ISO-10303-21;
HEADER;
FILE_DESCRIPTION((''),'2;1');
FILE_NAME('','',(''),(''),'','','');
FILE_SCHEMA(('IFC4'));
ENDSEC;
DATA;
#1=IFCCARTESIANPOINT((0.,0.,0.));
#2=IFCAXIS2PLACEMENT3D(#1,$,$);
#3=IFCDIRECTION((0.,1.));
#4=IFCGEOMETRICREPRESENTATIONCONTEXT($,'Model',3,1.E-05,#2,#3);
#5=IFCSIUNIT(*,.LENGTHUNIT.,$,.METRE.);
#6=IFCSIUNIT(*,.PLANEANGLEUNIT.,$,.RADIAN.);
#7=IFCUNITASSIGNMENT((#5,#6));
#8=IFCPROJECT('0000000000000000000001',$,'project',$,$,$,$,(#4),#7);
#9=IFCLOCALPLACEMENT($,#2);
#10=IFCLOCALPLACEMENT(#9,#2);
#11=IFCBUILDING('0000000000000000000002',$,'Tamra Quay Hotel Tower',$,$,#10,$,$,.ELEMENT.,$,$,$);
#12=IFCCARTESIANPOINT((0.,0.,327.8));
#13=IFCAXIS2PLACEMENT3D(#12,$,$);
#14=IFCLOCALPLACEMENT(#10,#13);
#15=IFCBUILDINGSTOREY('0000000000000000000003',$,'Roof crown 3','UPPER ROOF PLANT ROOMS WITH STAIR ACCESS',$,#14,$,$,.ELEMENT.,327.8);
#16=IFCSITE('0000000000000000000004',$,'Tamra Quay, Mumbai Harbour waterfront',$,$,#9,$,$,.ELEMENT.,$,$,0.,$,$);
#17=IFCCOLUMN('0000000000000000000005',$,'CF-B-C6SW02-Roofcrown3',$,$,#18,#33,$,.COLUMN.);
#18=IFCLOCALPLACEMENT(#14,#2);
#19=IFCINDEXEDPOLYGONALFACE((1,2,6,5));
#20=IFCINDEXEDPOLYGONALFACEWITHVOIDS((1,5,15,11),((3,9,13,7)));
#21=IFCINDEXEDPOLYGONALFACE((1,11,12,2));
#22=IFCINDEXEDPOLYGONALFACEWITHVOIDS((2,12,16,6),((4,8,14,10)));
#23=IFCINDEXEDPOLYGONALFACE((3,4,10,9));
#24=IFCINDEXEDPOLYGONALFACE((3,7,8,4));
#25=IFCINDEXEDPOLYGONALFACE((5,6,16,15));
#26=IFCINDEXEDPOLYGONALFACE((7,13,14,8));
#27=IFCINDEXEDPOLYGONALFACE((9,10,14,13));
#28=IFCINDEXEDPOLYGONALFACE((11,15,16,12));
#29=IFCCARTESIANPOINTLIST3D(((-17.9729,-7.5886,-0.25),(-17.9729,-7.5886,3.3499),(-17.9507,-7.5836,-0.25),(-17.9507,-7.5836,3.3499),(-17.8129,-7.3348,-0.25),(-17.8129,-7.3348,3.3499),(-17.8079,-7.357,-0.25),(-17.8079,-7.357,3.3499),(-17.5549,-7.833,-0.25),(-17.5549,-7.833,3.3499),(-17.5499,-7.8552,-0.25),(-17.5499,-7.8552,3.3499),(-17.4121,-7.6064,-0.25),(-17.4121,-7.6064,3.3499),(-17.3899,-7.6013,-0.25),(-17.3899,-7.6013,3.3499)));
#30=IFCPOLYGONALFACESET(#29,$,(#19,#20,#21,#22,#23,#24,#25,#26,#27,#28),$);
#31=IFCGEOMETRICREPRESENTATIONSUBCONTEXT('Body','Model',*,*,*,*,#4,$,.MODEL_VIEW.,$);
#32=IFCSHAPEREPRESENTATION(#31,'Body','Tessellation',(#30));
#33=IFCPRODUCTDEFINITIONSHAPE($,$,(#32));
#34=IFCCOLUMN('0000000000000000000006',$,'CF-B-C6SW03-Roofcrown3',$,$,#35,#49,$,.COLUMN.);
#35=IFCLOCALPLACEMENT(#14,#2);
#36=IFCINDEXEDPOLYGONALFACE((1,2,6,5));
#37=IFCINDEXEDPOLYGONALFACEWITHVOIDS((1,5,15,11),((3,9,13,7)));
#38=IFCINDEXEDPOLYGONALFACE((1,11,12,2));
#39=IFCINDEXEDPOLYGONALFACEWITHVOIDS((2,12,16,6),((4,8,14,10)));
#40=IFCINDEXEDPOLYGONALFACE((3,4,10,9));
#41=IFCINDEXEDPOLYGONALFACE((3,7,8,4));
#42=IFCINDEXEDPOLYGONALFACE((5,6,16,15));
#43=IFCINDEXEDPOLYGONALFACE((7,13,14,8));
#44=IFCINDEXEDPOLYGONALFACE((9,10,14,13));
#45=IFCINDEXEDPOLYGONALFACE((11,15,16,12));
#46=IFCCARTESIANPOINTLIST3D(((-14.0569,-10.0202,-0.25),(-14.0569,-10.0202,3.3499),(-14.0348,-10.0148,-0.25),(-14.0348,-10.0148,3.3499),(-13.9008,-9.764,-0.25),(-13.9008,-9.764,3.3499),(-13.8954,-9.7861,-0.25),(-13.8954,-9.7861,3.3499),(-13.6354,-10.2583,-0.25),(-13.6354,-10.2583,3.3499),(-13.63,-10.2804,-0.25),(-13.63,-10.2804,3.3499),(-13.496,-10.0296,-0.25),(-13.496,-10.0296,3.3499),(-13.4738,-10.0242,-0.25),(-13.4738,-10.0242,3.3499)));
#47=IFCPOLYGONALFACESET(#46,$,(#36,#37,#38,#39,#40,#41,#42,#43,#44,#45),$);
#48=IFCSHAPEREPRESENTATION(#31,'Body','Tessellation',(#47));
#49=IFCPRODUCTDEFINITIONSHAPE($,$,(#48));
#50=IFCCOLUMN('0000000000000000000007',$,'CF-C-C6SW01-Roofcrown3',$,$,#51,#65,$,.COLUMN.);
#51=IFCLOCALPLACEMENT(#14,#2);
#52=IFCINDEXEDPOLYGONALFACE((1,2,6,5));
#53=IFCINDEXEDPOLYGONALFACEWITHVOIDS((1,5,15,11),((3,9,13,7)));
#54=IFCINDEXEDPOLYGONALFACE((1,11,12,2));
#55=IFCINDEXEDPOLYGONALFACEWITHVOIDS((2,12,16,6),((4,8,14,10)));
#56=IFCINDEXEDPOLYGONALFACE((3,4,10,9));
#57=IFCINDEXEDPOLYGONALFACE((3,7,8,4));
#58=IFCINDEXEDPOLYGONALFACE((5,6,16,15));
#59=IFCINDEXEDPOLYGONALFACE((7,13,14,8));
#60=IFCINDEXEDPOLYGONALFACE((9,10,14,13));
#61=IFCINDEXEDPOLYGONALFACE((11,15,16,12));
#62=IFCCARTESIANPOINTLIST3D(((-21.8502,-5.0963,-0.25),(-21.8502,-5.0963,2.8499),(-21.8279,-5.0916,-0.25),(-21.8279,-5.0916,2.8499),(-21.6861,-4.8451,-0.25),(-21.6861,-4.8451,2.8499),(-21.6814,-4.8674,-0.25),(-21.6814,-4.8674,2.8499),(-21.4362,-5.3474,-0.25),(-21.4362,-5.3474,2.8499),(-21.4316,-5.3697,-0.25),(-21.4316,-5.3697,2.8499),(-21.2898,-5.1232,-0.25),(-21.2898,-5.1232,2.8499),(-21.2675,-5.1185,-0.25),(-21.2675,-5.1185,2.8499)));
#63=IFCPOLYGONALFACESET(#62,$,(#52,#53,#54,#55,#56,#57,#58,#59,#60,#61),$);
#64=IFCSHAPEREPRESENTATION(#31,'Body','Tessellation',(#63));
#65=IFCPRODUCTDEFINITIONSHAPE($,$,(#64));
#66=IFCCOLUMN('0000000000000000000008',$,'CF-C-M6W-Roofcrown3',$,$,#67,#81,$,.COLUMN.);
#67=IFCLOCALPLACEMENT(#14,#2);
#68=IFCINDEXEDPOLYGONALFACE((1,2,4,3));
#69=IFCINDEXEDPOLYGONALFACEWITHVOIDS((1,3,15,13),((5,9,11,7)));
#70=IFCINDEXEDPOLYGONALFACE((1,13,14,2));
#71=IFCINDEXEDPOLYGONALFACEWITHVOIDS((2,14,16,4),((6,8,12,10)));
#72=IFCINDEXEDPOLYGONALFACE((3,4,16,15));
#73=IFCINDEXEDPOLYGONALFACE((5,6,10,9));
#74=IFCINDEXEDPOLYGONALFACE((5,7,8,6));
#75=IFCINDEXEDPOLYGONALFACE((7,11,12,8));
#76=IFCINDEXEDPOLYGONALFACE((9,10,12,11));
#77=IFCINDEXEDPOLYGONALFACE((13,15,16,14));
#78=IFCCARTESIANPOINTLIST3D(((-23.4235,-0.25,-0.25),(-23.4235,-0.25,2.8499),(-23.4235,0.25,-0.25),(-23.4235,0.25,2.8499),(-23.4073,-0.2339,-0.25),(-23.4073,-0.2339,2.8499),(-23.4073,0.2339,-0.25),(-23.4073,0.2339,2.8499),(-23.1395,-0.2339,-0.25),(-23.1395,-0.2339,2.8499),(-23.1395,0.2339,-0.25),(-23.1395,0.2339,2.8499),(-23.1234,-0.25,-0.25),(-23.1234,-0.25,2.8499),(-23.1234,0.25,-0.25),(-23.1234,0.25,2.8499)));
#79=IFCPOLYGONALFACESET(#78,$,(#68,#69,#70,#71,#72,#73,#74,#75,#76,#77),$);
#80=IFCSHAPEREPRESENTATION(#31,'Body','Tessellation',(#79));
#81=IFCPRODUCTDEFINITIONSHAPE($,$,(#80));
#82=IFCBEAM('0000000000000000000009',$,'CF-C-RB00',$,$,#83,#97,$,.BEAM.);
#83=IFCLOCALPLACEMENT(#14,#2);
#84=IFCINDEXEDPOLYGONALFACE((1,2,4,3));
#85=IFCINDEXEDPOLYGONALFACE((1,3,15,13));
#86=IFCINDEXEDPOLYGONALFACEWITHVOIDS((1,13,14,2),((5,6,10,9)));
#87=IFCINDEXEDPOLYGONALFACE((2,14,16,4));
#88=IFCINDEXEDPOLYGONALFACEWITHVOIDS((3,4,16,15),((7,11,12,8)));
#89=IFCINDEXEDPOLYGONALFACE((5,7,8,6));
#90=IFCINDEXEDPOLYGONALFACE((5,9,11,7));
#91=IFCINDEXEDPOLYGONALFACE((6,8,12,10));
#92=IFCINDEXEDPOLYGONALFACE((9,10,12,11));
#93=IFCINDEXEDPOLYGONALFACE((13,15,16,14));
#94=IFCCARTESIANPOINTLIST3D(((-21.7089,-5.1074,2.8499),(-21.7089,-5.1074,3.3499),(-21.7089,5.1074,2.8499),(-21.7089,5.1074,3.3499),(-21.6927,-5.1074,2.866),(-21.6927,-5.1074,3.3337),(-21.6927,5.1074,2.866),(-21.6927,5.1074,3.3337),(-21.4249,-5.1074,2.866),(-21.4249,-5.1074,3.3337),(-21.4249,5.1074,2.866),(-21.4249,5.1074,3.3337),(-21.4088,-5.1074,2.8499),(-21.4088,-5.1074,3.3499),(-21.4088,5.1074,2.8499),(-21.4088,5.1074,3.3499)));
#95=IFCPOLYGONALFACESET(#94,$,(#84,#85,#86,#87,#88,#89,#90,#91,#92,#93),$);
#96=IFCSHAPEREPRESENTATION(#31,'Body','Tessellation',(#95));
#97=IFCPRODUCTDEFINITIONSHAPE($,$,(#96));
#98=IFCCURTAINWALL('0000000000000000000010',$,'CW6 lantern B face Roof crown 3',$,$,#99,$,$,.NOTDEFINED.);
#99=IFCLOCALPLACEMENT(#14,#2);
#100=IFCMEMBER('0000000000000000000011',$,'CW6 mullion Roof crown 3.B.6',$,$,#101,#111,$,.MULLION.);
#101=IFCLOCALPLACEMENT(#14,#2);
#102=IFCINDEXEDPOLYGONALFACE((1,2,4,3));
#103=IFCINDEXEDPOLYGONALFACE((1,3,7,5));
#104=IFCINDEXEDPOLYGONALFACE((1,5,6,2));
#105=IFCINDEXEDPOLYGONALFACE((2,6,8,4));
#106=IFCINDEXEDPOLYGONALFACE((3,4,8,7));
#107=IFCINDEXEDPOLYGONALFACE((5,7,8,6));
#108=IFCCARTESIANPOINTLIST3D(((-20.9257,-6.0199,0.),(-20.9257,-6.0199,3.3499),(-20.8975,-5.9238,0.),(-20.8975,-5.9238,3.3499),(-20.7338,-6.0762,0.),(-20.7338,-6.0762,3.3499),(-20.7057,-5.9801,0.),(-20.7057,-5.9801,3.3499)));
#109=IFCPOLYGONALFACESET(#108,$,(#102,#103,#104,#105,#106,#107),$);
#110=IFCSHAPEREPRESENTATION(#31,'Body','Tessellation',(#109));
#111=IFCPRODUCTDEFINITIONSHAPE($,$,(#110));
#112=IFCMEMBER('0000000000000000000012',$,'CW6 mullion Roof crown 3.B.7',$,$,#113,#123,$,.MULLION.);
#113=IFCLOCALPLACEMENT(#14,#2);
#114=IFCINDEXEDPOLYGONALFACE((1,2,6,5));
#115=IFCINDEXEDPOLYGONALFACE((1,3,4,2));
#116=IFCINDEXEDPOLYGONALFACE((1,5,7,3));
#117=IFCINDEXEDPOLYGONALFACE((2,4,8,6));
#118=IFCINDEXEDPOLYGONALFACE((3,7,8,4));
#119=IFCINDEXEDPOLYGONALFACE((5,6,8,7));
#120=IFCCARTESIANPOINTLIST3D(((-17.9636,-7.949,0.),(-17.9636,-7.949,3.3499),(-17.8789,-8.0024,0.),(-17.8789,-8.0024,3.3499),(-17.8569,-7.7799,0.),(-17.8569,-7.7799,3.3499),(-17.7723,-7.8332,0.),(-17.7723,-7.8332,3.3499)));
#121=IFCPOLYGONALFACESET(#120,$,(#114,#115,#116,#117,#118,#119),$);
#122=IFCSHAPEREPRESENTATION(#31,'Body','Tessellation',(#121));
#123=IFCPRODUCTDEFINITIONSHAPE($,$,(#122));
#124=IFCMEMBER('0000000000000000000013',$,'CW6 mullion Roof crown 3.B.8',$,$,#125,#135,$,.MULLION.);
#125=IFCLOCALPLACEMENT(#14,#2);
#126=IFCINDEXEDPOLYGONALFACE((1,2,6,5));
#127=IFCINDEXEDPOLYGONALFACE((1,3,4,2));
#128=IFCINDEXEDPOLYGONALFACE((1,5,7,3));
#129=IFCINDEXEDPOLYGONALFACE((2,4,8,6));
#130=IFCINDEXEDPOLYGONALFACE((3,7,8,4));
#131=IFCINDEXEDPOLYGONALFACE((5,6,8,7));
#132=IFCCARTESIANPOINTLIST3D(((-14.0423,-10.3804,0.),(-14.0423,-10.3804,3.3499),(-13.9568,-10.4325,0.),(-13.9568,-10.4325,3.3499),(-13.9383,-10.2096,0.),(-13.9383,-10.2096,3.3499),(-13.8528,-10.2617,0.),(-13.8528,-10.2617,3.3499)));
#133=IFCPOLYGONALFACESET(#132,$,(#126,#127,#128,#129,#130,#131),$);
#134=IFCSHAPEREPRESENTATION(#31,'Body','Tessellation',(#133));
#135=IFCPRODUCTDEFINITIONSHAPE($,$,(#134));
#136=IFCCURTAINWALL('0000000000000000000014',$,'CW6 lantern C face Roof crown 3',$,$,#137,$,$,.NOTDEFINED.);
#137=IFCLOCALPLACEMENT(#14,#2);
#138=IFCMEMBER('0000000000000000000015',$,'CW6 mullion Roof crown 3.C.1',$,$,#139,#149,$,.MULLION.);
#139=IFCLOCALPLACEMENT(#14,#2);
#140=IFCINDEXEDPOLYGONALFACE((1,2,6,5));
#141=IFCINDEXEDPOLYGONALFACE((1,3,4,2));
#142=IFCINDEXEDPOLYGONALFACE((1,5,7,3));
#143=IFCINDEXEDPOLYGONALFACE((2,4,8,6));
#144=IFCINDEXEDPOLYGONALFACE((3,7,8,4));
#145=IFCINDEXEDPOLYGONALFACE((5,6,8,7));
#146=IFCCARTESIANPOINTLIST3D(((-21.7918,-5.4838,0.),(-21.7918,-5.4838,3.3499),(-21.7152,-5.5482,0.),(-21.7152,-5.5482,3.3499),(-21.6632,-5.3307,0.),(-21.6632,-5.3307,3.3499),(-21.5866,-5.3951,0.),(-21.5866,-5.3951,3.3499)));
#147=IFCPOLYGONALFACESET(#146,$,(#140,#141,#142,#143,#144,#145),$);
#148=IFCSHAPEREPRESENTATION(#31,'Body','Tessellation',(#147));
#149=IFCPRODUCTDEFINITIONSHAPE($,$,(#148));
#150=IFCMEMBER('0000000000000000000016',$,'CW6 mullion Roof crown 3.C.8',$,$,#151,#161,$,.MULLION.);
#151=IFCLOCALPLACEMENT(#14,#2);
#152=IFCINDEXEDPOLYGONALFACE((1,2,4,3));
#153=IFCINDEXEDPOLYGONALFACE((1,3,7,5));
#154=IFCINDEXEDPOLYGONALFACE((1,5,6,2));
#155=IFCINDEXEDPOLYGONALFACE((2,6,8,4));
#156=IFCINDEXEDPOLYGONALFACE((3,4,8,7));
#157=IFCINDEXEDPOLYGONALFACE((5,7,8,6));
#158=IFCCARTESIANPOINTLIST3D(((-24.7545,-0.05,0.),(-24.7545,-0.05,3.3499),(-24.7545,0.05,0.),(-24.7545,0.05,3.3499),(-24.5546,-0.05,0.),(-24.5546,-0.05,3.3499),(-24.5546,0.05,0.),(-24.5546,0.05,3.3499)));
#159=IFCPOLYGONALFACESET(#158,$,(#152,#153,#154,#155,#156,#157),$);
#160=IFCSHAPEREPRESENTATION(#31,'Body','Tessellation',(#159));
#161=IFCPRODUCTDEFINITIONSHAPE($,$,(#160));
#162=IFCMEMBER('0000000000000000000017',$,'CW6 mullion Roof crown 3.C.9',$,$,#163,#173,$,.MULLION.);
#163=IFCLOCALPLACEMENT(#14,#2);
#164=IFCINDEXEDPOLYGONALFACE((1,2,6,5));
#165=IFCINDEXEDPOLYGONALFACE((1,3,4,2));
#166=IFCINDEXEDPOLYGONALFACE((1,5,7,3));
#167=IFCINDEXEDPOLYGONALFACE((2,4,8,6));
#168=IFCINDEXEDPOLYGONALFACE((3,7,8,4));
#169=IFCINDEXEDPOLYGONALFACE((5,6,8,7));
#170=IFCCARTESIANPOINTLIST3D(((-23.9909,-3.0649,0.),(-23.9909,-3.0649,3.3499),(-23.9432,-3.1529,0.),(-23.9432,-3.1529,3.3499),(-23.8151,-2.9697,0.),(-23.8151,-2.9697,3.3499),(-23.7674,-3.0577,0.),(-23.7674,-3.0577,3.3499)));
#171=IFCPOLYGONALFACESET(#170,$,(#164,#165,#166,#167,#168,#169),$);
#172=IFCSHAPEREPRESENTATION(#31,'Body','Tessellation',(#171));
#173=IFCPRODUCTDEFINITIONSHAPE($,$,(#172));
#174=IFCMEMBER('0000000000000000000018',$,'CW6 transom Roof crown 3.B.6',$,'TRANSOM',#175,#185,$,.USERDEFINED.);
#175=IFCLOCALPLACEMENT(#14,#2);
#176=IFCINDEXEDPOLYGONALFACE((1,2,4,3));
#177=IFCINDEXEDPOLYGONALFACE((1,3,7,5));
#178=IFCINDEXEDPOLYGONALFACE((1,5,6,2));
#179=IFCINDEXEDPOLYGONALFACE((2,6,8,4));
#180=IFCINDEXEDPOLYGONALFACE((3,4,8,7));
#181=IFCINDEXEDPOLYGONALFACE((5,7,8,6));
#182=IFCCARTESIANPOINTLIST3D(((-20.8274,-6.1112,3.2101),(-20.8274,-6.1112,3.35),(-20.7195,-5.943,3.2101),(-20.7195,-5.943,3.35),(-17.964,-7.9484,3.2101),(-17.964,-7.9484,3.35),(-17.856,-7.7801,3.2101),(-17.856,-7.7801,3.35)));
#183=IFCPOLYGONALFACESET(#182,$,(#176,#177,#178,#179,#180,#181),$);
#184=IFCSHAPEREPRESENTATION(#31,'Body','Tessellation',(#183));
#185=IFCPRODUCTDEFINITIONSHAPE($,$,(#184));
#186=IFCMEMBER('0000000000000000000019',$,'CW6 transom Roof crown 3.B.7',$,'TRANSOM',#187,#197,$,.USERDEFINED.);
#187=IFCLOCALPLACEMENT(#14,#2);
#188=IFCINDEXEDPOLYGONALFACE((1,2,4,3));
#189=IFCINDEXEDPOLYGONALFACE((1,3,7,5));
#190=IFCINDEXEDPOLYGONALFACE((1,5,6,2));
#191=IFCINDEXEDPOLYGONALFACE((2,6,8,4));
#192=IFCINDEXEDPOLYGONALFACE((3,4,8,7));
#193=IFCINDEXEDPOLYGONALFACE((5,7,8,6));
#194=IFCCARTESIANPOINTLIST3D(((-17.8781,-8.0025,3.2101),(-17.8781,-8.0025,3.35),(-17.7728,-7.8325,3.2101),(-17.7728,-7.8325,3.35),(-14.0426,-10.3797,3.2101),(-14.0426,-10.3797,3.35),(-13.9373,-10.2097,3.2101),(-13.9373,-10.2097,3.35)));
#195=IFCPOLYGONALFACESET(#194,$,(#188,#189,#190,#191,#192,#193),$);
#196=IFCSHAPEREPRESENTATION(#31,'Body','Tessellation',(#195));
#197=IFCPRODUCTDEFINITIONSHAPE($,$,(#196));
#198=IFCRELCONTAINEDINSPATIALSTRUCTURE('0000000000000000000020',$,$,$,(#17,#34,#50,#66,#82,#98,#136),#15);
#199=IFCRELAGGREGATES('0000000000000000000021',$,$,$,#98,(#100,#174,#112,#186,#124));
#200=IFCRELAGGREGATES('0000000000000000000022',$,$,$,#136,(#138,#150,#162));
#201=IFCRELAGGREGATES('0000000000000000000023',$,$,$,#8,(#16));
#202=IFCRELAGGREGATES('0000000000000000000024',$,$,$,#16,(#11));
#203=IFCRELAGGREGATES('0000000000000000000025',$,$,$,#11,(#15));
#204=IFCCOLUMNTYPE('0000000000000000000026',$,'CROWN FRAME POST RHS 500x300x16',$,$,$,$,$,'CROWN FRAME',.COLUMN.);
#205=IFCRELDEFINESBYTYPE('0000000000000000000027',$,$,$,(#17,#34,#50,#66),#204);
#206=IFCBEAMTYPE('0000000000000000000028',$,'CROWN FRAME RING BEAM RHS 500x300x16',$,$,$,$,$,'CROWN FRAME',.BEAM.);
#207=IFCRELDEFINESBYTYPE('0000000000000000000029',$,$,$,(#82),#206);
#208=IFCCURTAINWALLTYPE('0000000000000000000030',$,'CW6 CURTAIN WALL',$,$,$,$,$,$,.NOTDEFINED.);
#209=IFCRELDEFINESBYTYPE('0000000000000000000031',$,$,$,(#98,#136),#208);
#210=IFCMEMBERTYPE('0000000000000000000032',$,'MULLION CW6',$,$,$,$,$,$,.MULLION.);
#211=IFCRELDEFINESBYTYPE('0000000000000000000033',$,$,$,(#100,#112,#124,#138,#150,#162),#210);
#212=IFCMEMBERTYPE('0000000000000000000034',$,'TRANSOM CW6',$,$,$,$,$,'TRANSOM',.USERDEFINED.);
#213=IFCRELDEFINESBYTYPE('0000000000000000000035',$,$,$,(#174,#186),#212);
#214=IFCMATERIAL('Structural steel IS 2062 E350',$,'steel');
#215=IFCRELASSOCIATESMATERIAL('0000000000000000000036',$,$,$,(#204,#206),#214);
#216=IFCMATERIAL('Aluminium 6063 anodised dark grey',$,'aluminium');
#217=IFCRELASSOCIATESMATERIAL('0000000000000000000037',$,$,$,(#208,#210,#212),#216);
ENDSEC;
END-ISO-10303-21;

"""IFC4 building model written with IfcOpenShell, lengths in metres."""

from ifc_helpers import new_model, si_unit, direction, frame, origin, origin_2d, place, context, subcontext, project, spatial, rectangle, hollow_rectangle, extrude, material, material_profile, profile_set, type_object, element, aggregate, save


model = new_model("IFC4")

# Units and contexts
model_context = context("Model", 3, precision=1e-05, world=origin(), true_north=direction((0.0, 1.0)))
body_context = subcontext(model_context, "Body", "Model", "MODEL_VIEW")
ifc_project = project(units=[si_unit("LENGTHUNIT", "METRE"), si_unit("PLANEANGLEUNIT", "RADIAN")], contexts=[model_context])

# Site, building, storey
site_placement = place(None, origin())
site = spatial("IfcSite", under=ifc_project, at=site_placement, Name="Tamra Quay, Mumbai Harbour waterfront", CompositionType="ELEMENT", RefElevation=0.0)
building_placement = place(site_placement, origin())
building = spatial("IfcBuilding", under=site, at=building_placement, Name="Tamra Quay Hotel Tower", CompositionType="ELEMENT")
storey_placement = place(building_placement, frame((0.0, 0.0, 327.8)))
storey = spatial("IfcBuildingStorey", under=building, at=storey_placement, Name="Roof crown 3", Description="UPPER ROOF PLANT ROOMS WITH STAIR ACCESS", CompositionType="ELEMENT", Elevation=327.8)

# Columns
ifc_material_1 = material(Name="Structural steel IS 2062 E350", Category="steel")
ifc_material_profile_1 = material_profile(ifc_material_1, hollow_rectangle(XDim=0.3, YDim=0.5, WallThickness=0.0161, at=origin_2d()), Name="RHS 500x300x16")
ifc_profile_set_1 = profile_set([ifc_material_profile_1], Name="Structural steel IS 2062 E350")
column_type = type_object("IfcColumnType", Name="CROWN FRAME POST RHS 500x300x16", ElementType="CROWN FRAME", PredefinedType="COLUMN", material=ifc_profile_set_1)
for number, where, z_axis, x_axis, name in (
    (1, (-17.6814, -7.595, -0.25), (0.0, 0.0, 1.0), (0.533133, 0.846031, 0.0), "CF-B-C6SW02-Roofcrown3"),
    (2, (-13.7654, -10.0222, -0.25), (0.0, 0.0, 1.0), (0.52043, 0.853904, 0.0), "CF-B-C6SW03-Roofcrown3"),
):
    element("IfcColumn", number, at=place(storey_placement, frame(where, z_axis=z_axis, x_axis=x_axis)), inside=storey, type_object=column_type, Name=name, PredefinedType="COLUMN", context=body_context, shape_type="SweptSolid", body=[
        extrude(hollow_rectangle(XDim=0.3, YDim=0.5, WallThickness=0.0161, at=origin_2d()), origin(), (0.0, 0.0, 1.0), 3.5999),
    ])
for number, where, z_axis, x_axis, name in (
    (3, (-21.5588, -5.1074, -0.25), (0.0, 0.0, 1.0), (0.546805, 0.83726, 0.0), "CF-C-C6SW01-Roofcrown3"),
    (4, (-23.2734, 0.0, -0.25), (0.0, 0.0, 1.0), (1.0, 0.0, 0.0), "CF-C-M6W-Roofcrown3"),
):
    element("IfcColumn", number, at=place(storey_placement, frame(where, z_axis=z_axis, x_axis=x_axis)), inside=storey, type_object=column_type, Name=name, PredefinedType="COLUMN", context=body_context, shape_type="SweptSolid", body=[
        extrude(hollow_rectangle(XDim=0.3, YDim=0.5, WallThickness=0.0161, at=origin_2d()), origin(), (0.0, 0.0, 1.0), 3.0999),
    ])

# Beam
ifc_material_profile_2 = material_profile(ifc_material_1, hollow_rectangle(XDim=0.3, YDim=0.5, WallThickness=0.0161, at=origin_2d()), Name="RHS 500x300x16")
ifc_profile_set_2 = profile_set([ifc_material_profile_2], Name="Structural steel IS 2062 E350")
beam_type = type_object("IfcBeamType", Name="CROWN FRAME RING BEAM RHS 500x300x16", ElementType="CROWN FRAME", PredefinedType="BEAM", material=ifc_profile_set_2)
beam_placement = place(storey_placement, frame((-21.5588, -5.1074, 3.0999), z_axis=(0.0, 1.0, 0.0), x_axis=(-1.0, 0.0, 0.0)))
element("IfcBeam", 5, at=beam_placement, inside=storey, type_object=beam_type, Name="CF-C-RB00", PredefinedType="BEAM", context=body_context, shape_type="SweptSolid", body=[
    extrude(hollow_rectangle(XDim=0.3, YDim=0.5, WallThickness=0.0161, at=origin_2d()), origin(), (0.0, 0.0, 1.0), 10.2148),
])

# Curtain walls, members
ifc_material_2 = material(Name="Aluminium 6063 anodised dark grey", Category="aluminium")
curtain_wall_type = type_object("IfcCurtainWallType", Name="CW6 CURTAIN WALL", PredefinedType="NOTDEFINED", material=ifc_material_2)
curtain_wall_1_placement = place(storey_placement, origin())
curtain_wall_1 = element("IfcCurtainWall", 6, at=curtain_wall_1_placement, inside=storey, type_object=curtain_wall_type, Name="CW6 lantern B face Roof crown 3", PredefinedType="NOTDEFINED")
ifc_material_profile_3 = material_profile(ifc_material_2, rectangle(XDim=0.2, YDim=0.1001, at=origin_2d()), Name="MULLION 100X200")
ifc_profile_set_3 = profile_set([ifc_material_profile_3], Name="Aluminium 6063 anodised dark grey")
member_type_1 = type_object("IfcMemberType", Name="MULLION CW6", PredefinedType="MULLION", material=ifc_profile_set_3)
member_1_placement = place(storey_placement, frame((-20.8157, -6.0, 0.0), z_axis=(0.0, 0.0, 1.0), x_axis=(-0.9596, 0.281367, 0.0)))
member_1 = element("IfcMember", 7, at=member_1_placement, type_object=member_type_1, Name="CW6 mullion Roof crown 3.B.6", PredefinedType="MULLION", context=body_context, shape_type="SweptSolid", body=[
    extrude(rectangle(XDim=0.2, YDim=0.1001, at=origin_2d()), origin(), (0.0, 0.0, 1.0), 3.3499),
])
member_2_placement = place(storey_placement, frame((-17.8679, -7.8911, 0.0), z_axis=(0.0, 0.0, 1.0), x_axis=(-0.533422, -0.845849, 0.0)))
member_2 = element("IfcMember", 8, at=member_2_placement, type_object=member_type_1, Name="CW6 mullion Roof crown 3.B.7", PredefinedType="MULLION", context=body_context, shape_type="SweptSolid", body=[
    extrude(rectangle(XDim=0.2, YDim=0.1001, at=origin_2d()), origin(), (0.0, 0.0, 1.0), 3.3499),
])
member_3_placement = place(storey_placement, frame((-13.9475, -10.321, 0.0), z_axis=(0.0, 0.0, 1.0), x_axis=(-0.52016, -0.854069, 0.0)))
member_3 = element("IfcMember", 9, at=member_3_placement, type_object=member_type_1, Name="CW6 mullion Roof crown 3.B.8", PredefinedType="MULLION", context=body_context, shape_type="SweptSolid", body=[
    extrude(rectangle(XDim=0.2, YDim=0.1001, at=origin_2d()), origin(), (0.0, 0.0, 1.0), 3.3499),
])
curtain_wall_2_placement = place(storey_placement, origin())
curtain_wall_2 = element("IfcCurtainWall", 10, at=curtain_wall_2_placement, inside=storey, type_object=curtain_wall_type, Name="CW6 lantern C face Roof crown 3", PredefinedType="NOTDEFINED")
member_4_placement = place(storey_placement, frame((-21.6892, -5.4395, 0.0), z_axis=(0.0, 0.0, 1.0), x_axis=(-0.643086, -0.765794, 0.0)))
member_4 = element("IfcMember", 11, at=member_4_placement, type_object=member_type_1, Name="CW6 mullion Roof crown 3.C.1", PredefinedType="MULLION", context=body_context, shape_type="SweptSolid", body=[
    extrude(rectangle(XDim=0.2, YDim=0.1001, at=origin_2d()), origin(), (0.0, 0.0, 1.0), 3.3499),
])
member_5_placement = place(storey_placement, frame((-24.6545, 0.0, 0.0), z_axis=(0.0, 0.0, 1.0), x_axis=(-1.0, 0.0, 0.0)))
member_5 = element("IfcMember", 12, at=member_5_placement, type_object=member_type_1, Name="CW6 mullion Roof crown 3.C.8", PredefinedType="MULLION", context=body_context, shape_type="SweptSolid", body=[
    extrude(rectangle(XDim=0.2, YDim=0.1001, at=origin_2d()), origin(), (0.0, 0.0, 1.0), 3.3499),
])
member_6_placement = place(storey_placement, frame((-23.8792, -3.0613, 0.0), z_axis=(0.0, 0.0, 1.0), x_axis=(-0.879433, -0.476023, 0.0)))
member_6 = element("IfcMember", 13, at=member_6_placement, type_object=member_type_1, Name="CW6 mullion Roof crown 3.C.9", PredefinedType="MULLION", context=body_context, shape_type="SweptSolid", body=[
    extrude(rectangle(XDim=0.2, YDim=0.1001, at=origin_2d()), origin(), (0.0, 0.0, 1.0), 3.3499),
])

# Members
ifc_material_profile_4 = material_profile(ifc_material_2, rectangle(XDim=0.2, YDim=0.1399, at=origin_2d()), Name="TRANSOM 200X140")
ifc_profile_set_4 = profile_set([ifc_material_profile_4], Name="Aluminium 6063 anodised dark grey")
member_type_2 = type_object("IfcMemberType", Name="TRANSOM CW6", ElementType="TRANSOM", PredefinedType="USERDEFINED", material=ifc_profile_set_4)
member_7_placement = place(storey_placement, frame((-20.7734, -6.0271, 3.28), z_axis=(0.84167, -0.539992, 0.0), x_axis=(0.539992, 0.84167, 0.0)))
member_7 = element("IfcMember", 14, at=member_7_placement, type_object=member_type_2, Name="CW6 transom Roof crown 3.B.6", ObjectType="TRANSOM", PredefinedType="USERDEFINED", context=body_context, shape_type="SweptSolid", body=[
    extrude(rectangle(XDim=0.2, YDim=0.1399, at=origin_2d()), origin(), (0.0, 0.0, 1.0), 3.4021),
])
member_8_placement = place(storey_placement, frame((-17.8254, -7.9175, 3.28), z_axis=(0.84998, -0.526815, 0.0), x_axis=(0.526815, 0.84998, 0.0)))
member_8 = element("IfcMember", 15, at=member_8_placement, type_object=member_type_2, Name="CW6 transom Roof crown 3.B.7", ObjectType="TRANSOM", PredefinedType="USERDEFINED", context=body_context, shape_type="SweptSolid", body=[
    extrude(rectangle(XDim=0.2, YDim=0.1399, at=origin_2d()), origin(), (0.0, 0.0, 1.0), 4.5125),
])

aggregate(curtain_wall_1, [member_1, member_7, member_2, member_8, member_3])
aggregate(curtain_wall_2, [member_4, member_5, member_6])

save(model, "model.ifc")
